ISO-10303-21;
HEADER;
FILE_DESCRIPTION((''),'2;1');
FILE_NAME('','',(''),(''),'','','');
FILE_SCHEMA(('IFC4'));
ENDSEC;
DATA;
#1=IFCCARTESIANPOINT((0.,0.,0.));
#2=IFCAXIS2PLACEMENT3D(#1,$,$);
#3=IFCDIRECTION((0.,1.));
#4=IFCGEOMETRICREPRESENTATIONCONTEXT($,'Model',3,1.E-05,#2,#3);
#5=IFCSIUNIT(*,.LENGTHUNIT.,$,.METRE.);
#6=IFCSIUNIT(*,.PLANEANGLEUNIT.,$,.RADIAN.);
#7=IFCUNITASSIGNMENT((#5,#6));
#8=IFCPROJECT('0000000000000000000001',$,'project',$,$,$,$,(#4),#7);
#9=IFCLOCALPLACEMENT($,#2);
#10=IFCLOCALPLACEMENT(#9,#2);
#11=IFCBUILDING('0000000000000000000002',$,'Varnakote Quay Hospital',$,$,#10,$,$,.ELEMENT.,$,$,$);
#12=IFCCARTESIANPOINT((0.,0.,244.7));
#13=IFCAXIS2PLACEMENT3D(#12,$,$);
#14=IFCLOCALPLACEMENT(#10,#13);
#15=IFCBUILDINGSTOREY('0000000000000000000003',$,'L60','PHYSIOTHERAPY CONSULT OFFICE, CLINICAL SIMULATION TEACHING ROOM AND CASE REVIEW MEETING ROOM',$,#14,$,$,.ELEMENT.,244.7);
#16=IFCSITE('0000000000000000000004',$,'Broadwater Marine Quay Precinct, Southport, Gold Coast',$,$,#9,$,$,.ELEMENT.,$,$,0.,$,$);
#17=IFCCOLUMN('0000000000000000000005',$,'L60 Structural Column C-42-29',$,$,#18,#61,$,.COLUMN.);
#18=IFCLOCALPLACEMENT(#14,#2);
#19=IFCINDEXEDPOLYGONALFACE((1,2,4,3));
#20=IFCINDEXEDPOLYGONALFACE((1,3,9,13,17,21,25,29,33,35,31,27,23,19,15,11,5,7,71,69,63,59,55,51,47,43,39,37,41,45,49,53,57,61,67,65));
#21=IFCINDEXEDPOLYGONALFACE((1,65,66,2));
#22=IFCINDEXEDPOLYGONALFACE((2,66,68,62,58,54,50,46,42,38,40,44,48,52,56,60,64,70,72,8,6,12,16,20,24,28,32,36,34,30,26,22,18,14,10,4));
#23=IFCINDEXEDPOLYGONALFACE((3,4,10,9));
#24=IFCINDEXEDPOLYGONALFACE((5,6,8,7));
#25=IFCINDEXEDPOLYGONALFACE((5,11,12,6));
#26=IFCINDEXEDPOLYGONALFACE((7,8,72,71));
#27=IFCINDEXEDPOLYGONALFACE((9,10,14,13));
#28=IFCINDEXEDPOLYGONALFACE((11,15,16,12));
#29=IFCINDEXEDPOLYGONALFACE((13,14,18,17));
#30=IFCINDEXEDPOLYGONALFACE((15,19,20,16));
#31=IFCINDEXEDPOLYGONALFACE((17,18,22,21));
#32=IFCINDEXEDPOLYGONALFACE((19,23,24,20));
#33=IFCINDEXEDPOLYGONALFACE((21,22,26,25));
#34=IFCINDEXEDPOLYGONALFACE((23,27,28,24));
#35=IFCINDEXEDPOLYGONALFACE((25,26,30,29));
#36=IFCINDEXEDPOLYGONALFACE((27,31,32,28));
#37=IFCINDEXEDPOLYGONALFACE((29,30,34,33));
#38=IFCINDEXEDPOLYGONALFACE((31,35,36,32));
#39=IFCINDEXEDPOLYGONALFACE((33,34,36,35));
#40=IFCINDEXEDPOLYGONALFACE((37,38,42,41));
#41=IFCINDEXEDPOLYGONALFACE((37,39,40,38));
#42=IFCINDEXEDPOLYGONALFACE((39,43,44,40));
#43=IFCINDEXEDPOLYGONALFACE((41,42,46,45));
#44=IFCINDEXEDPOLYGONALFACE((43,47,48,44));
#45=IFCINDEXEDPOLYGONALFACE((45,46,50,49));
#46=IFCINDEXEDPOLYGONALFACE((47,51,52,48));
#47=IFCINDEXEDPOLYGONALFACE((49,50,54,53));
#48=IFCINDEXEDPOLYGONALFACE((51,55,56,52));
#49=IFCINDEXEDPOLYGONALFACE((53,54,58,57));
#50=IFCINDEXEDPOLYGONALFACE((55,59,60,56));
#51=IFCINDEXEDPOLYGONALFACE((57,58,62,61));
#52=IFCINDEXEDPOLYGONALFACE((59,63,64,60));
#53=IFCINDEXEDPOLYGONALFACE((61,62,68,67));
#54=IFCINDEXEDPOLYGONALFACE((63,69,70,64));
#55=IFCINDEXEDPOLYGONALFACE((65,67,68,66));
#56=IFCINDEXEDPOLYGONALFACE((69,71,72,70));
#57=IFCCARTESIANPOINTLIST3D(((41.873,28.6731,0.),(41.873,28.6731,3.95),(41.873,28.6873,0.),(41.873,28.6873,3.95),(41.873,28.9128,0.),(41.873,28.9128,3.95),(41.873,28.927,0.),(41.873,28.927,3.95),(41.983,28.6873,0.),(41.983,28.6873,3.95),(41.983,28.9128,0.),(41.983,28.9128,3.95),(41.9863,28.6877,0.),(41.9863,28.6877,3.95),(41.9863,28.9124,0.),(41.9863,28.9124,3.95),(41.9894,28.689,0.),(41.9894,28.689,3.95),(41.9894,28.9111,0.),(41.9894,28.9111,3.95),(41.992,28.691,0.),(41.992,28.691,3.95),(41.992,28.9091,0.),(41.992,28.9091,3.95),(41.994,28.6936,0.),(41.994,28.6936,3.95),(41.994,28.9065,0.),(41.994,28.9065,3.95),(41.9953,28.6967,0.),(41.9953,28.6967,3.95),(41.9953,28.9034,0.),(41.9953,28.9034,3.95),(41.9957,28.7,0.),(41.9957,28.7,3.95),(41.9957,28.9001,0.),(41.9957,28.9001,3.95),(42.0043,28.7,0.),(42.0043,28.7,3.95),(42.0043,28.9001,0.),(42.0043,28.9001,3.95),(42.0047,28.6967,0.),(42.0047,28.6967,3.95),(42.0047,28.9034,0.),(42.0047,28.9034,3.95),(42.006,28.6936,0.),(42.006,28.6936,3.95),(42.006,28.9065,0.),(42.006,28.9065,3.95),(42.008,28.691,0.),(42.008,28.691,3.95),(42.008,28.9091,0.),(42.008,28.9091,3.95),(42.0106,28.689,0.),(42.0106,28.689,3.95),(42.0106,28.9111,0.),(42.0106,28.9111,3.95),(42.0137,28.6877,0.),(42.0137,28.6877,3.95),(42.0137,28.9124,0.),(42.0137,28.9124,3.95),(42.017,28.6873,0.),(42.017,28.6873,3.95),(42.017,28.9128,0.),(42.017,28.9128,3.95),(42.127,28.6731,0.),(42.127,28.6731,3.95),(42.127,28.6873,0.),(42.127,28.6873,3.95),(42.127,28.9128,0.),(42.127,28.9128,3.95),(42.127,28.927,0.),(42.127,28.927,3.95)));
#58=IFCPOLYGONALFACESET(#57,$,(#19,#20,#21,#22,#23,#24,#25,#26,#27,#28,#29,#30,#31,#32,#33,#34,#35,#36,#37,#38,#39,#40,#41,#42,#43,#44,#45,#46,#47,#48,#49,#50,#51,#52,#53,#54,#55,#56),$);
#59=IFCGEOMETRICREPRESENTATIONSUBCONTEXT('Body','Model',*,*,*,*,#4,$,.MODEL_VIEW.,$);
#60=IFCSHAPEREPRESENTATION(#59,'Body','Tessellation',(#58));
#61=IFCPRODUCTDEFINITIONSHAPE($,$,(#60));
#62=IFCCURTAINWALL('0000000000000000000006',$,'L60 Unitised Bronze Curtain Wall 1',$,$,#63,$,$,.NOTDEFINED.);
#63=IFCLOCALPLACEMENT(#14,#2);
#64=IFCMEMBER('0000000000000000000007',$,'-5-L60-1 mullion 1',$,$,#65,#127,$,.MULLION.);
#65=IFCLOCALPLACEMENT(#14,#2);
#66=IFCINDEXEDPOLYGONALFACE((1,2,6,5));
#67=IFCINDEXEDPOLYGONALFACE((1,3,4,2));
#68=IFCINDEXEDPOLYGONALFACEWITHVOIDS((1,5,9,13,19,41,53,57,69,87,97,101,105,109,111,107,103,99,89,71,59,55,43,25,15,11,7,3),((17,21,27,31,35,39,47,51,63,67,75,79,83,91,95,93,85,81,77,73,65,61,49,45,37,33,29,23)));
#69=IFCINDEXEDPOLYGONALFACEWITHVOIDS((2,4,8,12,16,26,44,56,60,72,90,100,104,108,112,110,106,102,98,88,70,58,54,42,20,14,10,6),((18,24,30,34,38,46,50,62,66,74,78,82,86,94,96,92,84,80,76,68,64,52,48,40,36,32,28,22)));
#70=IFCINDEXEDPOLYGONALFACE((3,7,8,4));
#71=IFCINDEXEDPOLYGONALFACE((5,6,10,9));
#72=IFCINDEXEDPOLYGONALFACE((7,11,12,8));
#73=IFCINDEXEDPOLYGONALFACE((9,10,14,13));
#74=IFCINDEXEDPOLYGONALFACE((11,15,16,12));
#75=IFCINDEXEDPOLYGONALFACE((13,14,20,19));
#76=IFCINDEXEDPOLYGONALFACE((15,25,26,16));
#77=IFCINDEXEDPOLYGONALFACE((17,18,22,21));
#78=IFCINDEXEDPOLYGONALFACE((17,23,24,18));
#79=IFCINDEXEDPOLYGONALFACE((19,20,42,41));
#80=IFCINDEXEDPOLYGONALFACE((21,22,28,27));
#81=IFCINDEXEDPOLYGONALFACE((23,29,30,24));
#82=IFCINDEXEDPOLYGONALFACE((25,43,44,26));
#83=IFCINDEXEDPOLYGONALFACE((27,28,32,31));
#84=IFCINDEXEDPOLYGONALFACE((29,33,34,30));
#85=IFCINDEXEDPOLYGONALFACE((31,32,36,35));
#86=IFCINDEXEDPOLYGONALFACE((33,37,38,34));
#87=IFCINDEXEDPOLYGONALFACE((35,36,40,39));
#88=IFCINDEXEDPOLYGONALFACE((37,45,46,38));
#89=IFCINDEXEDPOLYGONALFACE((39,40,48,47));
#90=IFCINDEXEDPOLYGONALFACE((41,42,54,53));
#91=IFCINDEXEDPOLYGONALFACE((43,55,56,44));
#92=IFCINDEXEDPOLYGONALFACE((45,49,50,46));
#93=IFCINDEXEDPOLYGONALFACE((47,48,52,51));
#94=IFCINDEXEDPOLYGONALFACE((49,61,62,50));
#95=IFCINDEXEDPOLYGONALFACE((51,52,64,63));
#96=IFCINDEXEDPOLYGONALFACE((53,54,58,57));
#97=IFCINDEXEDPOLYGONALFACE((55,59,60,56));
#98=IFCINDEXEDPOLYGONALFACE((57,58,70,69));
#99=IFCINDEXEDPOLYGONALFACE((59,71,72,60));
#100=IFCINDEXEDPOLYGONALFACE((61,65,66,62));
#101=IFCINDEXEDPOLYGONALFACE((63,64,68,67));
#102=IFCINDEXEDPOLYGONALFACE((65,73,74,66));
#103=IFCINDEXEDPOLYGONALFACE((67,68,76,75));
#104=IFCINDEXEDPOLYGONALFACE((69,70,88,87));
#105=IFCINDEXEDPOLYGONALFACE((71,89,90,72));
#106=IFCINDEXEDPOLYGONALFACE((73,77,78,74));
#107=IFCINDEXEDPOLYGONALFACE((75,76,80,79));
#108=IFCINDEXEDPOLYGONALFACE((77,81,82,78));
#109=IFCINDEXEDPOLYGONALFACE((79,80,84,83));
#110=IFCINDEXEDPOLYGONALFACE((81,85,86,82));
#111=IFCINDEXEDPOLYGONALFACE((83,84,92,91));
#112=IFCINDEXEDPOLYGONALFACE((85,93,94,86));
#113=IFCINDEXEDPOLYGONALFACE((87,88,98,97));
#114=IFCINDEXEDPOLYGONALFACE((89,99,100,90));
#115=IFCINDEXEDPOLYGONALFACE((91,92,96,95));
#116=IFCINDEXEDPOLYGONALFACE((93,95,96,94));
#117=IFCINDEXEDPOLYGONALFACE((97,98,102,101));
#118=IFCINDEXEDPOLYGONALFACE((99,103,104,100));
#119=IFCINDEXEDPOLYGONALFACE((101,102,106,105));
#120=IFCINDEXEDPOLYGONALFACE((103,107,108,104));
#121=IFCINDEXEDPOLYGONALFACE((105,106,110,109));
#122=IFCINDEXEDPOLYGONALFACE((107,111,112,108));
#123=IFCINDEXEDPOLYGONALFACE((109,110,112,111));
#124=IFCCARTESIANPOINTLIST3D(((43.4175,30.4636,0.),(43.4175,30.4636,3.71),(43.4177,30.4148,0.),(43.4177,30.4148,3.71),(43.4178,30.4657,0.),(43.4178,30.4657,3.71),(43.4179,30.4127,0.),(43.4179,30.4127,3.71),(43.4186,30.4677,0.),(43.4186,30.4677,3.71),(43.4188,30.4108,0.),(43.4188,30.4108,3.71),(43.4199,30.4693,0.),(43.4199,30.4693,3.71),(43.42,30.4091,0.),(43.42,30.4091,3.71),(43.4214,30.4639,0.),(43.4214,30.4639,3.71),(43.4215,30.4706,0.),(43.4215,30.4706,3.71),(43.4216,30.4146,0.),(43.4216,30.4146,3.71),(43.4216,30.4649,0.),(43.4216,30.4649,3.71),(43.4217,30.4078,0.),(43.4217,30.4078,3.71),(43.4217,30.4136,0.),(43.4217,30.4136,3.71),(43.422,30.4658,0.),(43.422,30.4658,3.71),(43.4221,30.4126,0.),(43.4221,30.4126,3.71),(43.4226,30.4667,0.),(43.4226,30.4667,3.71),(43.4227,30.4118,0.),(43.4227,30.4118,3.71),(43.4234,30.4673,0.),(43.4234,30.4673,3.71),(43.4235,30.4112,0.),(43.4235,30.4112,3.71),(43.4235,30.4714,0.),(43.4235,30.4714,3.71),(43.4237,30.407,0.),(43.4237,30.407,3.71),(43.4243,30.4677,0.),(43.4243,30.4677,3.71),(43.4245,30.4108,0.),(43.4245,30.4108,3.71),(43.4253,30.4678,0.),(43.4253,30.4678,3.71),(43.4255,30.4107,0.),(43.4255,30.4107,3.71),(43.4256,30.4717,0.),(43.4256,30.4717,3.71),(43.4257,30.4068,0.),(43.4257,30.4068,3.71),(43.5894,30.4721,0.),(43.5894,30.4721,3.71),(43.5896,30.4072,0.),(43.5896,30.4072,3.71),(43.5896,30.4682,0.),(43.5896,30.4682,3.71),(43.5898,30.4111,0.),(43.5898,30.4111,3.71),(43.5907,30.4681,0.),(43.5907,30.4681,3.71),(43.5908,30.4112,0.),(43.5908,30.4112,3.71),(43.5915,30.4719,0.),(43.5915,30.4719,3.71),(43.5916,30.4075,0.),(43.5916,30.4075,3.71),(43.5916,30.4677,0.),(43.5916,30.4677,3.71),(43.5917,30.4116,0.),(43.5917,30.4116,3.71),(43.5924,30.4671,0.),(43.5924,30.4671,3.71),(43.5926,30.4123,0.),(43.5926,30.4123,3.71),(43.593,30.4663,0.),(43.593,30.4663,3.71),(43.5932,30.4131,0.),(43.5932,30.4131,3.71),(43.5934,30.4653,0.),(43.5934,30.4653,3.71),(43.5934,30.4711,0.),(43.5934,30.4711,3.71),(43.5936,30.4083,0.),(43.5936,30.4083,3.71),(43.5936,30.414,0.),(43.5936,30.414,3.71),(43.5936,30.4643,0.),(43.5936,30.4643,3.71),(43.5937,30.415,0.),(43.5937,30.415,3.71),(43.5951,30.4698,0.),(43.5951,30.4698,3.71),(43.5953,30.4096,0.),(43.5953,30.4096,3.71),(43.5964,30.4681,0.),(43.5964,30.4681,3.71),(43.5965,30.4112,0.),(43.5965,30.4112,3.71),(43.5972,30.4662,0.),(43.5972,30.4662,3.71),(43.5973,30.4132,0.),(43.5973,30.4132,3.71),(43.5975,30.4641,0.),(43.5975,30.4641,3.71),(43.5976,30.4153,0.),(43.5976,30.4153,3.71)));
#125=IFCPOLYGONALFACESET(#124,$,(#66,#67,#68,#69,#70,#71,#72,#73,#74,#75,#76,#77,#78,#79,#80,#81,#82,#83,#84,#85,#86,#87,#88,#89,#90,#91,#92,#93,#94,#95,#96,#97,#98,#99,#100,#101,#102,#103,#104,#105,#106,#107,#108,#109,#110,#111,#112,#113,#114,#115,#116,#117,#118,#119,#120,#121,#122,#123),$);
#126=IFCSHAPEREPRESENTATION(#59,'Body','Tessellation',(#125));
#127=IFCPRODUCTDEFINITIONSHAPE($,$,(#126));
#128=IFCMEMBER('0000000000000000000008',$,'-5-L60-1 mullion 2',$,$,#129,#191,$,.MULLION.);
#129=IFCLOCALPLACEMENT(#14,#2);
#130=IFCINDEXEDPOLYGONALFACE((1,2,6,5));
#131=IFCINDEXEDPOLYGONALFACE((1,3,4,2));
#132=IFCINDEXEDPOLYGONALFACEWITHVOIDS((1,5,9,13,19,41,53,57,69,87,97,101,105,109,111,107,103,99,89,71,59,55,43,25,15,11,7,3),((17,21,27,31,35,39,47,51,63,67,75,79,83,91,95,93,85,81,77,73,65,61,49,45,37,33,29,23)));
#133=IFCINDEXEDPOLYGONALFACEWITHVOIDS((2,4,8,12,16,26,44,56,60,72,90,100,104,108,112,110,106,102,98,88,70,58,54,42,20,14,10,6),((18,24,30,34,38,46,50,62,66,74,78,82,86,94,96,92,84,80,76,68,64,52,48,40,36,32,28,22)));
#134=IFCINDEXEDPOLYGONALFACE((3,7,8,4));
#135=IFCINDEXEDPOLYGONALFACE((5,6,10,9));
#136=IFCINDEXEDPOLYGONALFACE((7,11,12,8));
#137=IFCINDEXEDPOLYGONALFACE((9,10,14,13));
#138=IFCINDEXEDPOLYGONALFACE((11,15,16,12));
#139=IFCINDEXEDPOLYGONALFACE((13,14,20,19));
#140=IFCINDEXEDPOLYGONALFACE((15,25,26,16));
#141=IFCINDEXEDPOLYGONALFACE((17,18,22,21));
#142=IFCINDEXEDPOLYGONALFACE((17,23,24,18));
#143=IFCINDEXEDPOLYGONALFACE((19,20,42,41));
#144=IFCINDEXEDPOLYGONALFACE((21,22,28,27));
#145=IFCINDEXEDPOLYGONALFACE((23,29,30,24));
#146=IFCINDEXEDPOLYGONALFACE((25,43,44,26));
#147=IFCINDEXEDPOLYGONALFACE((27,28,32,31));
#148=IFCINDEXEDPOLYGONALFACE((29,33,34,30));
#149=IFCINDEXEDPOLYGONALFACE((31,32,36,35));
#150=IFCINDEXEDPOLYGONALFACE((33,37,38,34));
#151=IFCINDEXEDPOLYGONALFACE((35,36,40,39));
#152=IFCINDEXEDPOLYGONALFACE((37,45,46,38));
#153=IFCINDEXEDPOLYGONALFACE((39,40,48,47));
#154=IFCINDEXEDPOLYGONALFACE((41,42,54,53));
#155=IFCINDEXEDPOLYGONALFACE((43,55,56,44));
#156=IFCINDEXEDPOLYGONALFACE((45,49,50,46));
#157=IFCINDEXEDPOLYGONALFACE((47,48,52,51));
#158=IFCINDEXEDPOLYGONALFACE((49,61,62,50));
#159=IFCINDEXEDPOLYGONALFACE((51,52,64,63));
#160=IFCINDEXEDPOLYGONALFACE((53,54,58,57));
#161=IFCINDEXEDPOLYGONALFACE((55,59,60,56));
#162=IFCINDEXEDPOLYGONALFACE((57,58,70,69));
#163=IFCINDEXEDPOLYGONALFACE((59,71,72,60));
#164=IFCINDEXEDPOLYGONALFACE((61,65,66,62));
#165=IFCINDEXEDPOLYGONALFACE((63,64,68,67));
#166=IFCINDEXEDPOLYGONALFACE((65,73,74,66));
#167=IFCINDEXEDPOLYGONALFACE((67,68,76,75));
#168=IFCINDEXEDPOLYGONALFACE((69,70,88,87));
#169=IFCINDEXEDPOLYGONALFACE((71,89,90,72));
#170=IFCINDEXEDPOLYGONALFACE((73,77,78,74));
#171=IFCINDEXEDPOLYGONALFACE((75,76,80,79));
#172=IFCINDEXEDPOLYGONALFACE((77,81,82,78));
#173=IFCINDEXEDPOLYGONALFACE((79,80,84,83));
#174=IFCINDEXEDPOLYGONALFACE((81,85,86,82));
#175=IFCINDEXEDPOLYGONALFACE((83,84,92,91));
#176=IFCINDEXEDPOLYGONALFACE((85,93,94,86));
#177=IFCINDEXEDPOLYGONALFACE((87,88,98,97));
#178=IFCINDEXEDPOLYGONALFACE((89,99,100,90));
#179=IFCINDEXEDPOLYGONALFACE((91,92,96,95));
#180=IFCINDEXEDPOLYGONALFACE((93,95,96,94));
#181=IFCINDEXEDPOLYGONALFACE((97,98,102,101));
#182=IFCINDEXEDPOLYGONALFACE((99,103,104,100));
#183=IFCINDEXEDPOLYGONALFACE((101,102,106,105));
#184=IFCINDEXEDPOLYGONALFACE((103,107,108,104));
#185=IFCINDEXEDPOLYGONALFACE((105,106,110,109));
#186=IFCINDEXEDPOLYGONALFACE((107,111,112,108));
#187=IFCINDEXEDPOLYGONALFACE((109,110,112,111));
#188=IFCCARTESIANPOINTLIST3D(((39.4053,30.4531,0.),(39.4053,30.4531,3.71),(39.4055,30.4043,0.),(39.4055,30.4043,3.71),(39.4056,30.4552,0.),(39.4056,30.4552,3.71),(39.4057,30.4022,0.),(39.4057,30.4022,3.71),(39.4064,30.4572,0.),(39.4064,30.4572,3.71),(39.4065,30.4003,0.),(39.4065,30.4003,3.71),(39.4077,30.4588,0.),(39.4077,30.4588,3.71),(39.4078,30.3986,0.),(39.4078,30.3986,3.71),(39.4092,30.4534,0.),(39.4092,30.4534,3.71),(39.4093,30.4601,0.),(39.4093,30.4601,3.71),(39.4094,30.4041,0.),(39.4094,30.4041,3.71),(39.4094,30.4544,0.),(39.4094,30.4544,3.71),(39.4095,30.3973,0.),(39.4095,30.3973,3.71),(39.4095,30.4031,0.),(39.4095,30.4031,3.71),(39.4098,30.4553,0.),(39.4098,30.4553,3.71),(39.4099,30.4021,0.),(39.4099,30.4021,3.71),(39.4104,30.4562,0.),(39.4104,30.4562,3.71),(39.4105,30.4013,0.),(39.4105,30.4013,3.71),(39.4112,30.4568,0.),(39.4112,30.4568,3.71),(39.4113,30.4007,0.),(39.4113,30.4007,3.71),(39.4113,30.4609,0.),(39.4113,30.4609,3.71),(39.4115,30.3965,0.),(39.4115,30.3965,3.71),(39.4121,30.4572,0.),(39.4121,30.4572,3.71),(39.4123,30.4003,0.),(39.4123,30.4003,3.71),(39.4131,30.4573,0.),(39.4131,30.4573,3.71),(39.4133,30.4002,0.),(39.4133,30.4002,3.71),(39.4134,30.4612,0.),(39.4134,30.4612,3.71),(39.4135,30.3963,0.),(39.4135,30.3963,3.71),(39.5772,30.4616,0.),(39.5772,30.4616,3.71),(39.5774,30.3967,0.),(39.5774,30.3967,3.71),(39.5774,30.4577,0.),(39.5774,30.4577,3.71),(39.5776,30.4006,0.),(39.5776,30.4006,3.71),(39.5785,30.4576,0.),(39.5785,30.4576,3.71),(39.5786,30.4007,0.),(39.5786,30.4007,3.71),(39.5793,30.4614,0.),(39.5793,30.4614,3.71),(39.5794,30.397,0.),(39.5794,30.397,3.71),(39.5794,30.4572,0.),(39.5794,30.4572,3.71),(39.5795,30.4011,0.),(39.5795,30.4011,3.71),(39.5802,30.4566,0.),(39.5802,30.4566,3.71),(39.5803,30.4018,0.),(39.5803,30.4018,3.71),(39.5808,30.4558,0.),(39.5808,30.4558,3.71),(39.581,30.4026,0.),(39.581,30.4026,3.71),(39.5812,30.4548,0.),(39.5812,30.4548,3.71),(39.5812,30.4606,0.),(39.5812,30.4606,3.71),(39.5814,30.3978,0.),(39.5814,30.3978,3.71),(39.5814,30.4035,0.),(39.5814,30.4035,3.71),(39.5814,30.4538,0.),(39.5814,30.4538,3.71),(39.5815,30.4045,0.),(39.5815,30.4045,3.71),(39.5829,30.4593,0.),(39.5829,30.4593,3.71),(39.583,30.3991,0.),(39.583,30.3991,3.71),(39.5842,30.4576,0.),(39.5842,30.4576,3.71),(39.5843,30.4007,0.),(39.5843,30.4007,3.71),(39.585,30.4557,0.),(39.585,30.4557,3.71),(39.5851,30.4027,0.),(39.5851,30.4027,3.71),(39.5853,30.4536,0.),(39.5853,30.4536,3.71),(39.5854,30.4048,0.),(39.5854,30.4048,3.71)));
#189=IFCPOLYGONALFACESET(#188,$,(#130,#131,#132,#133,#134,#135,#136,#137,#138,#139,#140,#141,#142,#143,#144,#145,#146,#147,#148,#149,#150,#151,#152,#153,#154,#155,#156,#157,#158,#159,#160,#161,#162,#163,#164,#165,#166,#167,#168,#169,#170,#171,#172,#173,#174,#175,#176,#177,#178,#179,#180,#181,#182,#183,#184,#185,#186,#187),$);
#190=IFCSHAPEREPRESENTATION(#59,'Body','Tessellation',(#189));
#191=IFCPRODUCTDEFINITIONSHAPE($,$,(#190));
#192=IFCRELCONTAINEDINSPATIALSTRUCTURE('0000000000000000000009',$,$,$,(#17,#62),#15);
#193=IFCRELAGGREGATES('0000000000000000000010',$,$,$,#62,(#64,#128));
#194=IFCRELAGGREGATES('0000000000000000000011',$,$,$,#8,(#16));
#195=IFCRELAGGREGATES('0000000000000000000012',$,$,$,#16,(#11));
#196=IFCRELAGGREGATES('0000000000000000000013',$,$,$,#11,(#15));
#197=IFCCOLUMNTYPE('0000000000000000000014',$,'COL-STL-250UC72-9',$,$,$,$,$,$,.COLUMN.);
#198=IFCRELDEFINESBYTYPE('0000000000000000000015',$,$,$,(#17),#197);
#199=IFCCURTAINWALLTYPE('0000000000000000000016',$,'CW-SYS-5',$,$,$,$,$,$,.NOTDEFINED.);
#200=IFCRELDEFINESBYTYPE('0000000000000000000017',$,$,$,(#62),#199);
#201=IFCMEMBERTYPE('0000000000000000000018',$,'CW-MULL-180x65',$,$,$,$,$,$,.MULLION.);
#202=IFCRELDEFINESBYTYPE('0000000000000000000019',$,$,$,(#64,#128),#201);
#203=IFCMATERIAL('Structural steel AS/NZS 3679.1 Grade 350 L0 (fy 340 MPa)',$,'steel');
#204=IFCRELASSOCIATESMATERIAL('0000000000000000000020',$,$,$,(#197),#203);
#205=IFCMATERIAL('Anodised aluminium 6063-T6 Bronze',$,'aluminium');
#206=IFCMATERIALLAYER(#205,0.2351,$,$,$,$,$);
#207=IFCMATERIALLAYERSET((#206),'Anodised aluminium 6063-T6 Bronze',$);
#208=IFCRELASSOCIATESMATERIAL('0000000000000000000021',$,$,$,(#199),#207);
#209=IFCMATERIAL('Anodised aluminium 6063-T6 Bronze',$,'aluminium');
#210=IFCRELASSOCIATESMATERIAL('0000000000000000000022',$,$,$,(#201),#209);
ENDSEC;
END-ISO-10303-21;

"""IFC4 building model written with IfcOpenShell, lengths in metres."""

from ifc_helpers import new_model, si_unit, direction, frame, origin, origin_2d, place, context, subcontext, project, spatial, hollow_rectangle, i_section, extrude, material, layer, layer_set, material_profile, profile_set, type_object, element, aggregate, save


model = new_model("IFC4")

# Units and contexts
model_context = context("Model", 3, precision=1e-05, world=origin(), true_north=direction((0.0, 1.0)))
body_context = subcontext(model_context, "Body", "Model", "MODEL_VIEW")
ifc_project = project(units=[si_unit("LENGTHUNIT", "METRE"), si_unit("PLANEANGLEUNIT", "RADIAN")], contexts=[model_context])

# Site, building, storey
site_placement = place(None, origin())
site = spatial("IfcSite", under=ifc_project, at=site_placement, Name="Broadwater Marine Quay Precinct, Southport, Gold Coast", CompositionType="ELEMENT", RefElevation=0.0)
building_placement = place(site_placement, origin())
building = spatial("IfcBuilding", under=site, at=building_placement, Name="Varnakote Quay Hospital", CompositionType="ELEMENT")
storey_placement = place(building_placement, frame((0.0, 0.0, 244.7)))
storey = spatial("IfcBuildingStorey", under=building, at=storey_placement, Name="L60", Description="PHYSIOTHERAPY CONSULT OFFICE, CLINICAL SIMULATION TEACHING ROOM AND CASE REVIEW MEETING ROOM", CompositionType="ELEMENT", Elevation=244.7)

# Column
ifc_material_1 = material(Name="Structural steel AS/NZS 3679.1 Grade 350 L0 (fy 340 MPa)", Category="steel")
ifc_material_profile_1 = material_profile(ifc_material_1, i_section(OverallWidth=0.2539, OverallDepth=0.2539, WebThickness=0.0085, FlangeThickness=0.0142, FilletRadius=0.0127, at=origin_2d()), Name="250UC72.9")
ifc_profile_set_1 = profile_set([ifc_material_profile_1], Name="Structural steel AS/NZS 3679.1 Grade 350 L0 (fy 340 MPa)")
column_type = type_object("IfcColumnType", Name="COL-STL-250UC72-9", PredefinedType="COLUMN", material=ifc_profile_set_1)
column_placement = place(storey_placement, frame((42.0, 28.8, 0.0), z_axis=(0.0, 0.0, 1.0), x_axis=(1.0, 0.0, 0.0)))
element("IfcColumn", 1, at=column_placement, inside=storey, type_object=column_type, Name="L60 Structural Column C-42-29", PredefinedType="COLUMN", context=body_context, shape_type="SweptSolid", body=[
    extrude(i_section(OverallWidth=0.2539, OverallDepth=0.2539, WebThickness=0.0085, FlangeThickness=0.0142, FilletRadius=0.0127, at=origin_2d()), origin(), (0.0, 0.0, 1.0), 3.95),
])

# Curtain wall, members
ifc_material_2 = material(Name="Anodised aluminium 6063-T6 Bronze", Category="aluminium")
ifc_layer_1 = layer(ifc_material_2, 0.2351)
ifc_layer_set_1 = layer_set([ifc_layer_1], Name="Anodised aluminium 6063-T6 Bronze")
curtain_wall_type = type_object("IfcCurtainWallType", Name="CW-SYS-5", PredefinedType="NOTDEFINED", material=ifc_layer_set_1)
curtain_wall_placement = place(storey_placement, origin())
curtain_wall = element("IfcCurtainWall", 2, at=curtain_wall_placement, inside=storey, type_object=curtain_wall_type, Name="L60 Unitised Bronze Curtain Wall 1", PredefinedType="NOTDEFINED")
ifc_material_3 = material(Name="Anodised aluminium 6063-T6 Bronze", Category="aluminium")
ifc_material_profile_2 = material_profile(ifc_material_3, hollow_rectangle(XDim=0.0649, YDim=0.1799, WallThickness=0.0039, InnerFilletRadius=0.0039, OuterFilletRadius=0.0081, at=origin_2d()), Name="CW-MULL-180x65")
ifc_profile_set_2 = profile_set([ifc_material_profile_2], Name="Anodised aluminium 6063-T6 Bronze")
member_type_1 = type_object("IfcMemberType", Name="CW-MULL-180x65", PredefinedType="MULLION", material=ifc_profile_set_2)
member_1_placement = place(storey_placement, frame((43.5076, 30.4395, 0.0), z_axis=(0.0, 0.0, 1.0), x_axis=(0.002604, -0.999997, 0.0)))
member_1 = element("IfcMember", 3, at=member_1_placement, type_object=member_type_1, Name="-5-L60-1 mullion 1", PredefinedType="MULLION", context=body_context, shape_type="SweptSolid", body=[
    extrude(hollow_rectangle(XDim=0.0649, YDim=0.1799, WallThickness=0.0039, InnerFilletRadius=0.0039, OuterFilletRadius=0.0081, at=origin_2d()), origin(), (0.0, 0.0, 1.0), 3.71),
])
member_2_placement = place(storey_placement, frame((39.4954, 30.429, 0.0), z_axis=(0.0, 0.0, 1.0), x_axis=(0.002604, -0.999997, 0.0)))
member_2 = element("IfcMember", 4, at=member_2_placement, type_object=member_type_1, Name="-5-L60-1 mullion 2", PredefinedType="MULLION", context=body_context, shape_type="SweptSolid", body=[
    extrude(hollow_rectangle(XDim=0.0649, YDim=0.1799, WallThickness=0.0039, InnerFilletRadius=0.0039, OuterFilletRadius=0.0081, at=origin_2d()), origin(), (0.0, 0.0, 1.0), 3.71),
])

aggregate(curtain_wall, [member_1, member_2])

save(model, "model.ifc")
